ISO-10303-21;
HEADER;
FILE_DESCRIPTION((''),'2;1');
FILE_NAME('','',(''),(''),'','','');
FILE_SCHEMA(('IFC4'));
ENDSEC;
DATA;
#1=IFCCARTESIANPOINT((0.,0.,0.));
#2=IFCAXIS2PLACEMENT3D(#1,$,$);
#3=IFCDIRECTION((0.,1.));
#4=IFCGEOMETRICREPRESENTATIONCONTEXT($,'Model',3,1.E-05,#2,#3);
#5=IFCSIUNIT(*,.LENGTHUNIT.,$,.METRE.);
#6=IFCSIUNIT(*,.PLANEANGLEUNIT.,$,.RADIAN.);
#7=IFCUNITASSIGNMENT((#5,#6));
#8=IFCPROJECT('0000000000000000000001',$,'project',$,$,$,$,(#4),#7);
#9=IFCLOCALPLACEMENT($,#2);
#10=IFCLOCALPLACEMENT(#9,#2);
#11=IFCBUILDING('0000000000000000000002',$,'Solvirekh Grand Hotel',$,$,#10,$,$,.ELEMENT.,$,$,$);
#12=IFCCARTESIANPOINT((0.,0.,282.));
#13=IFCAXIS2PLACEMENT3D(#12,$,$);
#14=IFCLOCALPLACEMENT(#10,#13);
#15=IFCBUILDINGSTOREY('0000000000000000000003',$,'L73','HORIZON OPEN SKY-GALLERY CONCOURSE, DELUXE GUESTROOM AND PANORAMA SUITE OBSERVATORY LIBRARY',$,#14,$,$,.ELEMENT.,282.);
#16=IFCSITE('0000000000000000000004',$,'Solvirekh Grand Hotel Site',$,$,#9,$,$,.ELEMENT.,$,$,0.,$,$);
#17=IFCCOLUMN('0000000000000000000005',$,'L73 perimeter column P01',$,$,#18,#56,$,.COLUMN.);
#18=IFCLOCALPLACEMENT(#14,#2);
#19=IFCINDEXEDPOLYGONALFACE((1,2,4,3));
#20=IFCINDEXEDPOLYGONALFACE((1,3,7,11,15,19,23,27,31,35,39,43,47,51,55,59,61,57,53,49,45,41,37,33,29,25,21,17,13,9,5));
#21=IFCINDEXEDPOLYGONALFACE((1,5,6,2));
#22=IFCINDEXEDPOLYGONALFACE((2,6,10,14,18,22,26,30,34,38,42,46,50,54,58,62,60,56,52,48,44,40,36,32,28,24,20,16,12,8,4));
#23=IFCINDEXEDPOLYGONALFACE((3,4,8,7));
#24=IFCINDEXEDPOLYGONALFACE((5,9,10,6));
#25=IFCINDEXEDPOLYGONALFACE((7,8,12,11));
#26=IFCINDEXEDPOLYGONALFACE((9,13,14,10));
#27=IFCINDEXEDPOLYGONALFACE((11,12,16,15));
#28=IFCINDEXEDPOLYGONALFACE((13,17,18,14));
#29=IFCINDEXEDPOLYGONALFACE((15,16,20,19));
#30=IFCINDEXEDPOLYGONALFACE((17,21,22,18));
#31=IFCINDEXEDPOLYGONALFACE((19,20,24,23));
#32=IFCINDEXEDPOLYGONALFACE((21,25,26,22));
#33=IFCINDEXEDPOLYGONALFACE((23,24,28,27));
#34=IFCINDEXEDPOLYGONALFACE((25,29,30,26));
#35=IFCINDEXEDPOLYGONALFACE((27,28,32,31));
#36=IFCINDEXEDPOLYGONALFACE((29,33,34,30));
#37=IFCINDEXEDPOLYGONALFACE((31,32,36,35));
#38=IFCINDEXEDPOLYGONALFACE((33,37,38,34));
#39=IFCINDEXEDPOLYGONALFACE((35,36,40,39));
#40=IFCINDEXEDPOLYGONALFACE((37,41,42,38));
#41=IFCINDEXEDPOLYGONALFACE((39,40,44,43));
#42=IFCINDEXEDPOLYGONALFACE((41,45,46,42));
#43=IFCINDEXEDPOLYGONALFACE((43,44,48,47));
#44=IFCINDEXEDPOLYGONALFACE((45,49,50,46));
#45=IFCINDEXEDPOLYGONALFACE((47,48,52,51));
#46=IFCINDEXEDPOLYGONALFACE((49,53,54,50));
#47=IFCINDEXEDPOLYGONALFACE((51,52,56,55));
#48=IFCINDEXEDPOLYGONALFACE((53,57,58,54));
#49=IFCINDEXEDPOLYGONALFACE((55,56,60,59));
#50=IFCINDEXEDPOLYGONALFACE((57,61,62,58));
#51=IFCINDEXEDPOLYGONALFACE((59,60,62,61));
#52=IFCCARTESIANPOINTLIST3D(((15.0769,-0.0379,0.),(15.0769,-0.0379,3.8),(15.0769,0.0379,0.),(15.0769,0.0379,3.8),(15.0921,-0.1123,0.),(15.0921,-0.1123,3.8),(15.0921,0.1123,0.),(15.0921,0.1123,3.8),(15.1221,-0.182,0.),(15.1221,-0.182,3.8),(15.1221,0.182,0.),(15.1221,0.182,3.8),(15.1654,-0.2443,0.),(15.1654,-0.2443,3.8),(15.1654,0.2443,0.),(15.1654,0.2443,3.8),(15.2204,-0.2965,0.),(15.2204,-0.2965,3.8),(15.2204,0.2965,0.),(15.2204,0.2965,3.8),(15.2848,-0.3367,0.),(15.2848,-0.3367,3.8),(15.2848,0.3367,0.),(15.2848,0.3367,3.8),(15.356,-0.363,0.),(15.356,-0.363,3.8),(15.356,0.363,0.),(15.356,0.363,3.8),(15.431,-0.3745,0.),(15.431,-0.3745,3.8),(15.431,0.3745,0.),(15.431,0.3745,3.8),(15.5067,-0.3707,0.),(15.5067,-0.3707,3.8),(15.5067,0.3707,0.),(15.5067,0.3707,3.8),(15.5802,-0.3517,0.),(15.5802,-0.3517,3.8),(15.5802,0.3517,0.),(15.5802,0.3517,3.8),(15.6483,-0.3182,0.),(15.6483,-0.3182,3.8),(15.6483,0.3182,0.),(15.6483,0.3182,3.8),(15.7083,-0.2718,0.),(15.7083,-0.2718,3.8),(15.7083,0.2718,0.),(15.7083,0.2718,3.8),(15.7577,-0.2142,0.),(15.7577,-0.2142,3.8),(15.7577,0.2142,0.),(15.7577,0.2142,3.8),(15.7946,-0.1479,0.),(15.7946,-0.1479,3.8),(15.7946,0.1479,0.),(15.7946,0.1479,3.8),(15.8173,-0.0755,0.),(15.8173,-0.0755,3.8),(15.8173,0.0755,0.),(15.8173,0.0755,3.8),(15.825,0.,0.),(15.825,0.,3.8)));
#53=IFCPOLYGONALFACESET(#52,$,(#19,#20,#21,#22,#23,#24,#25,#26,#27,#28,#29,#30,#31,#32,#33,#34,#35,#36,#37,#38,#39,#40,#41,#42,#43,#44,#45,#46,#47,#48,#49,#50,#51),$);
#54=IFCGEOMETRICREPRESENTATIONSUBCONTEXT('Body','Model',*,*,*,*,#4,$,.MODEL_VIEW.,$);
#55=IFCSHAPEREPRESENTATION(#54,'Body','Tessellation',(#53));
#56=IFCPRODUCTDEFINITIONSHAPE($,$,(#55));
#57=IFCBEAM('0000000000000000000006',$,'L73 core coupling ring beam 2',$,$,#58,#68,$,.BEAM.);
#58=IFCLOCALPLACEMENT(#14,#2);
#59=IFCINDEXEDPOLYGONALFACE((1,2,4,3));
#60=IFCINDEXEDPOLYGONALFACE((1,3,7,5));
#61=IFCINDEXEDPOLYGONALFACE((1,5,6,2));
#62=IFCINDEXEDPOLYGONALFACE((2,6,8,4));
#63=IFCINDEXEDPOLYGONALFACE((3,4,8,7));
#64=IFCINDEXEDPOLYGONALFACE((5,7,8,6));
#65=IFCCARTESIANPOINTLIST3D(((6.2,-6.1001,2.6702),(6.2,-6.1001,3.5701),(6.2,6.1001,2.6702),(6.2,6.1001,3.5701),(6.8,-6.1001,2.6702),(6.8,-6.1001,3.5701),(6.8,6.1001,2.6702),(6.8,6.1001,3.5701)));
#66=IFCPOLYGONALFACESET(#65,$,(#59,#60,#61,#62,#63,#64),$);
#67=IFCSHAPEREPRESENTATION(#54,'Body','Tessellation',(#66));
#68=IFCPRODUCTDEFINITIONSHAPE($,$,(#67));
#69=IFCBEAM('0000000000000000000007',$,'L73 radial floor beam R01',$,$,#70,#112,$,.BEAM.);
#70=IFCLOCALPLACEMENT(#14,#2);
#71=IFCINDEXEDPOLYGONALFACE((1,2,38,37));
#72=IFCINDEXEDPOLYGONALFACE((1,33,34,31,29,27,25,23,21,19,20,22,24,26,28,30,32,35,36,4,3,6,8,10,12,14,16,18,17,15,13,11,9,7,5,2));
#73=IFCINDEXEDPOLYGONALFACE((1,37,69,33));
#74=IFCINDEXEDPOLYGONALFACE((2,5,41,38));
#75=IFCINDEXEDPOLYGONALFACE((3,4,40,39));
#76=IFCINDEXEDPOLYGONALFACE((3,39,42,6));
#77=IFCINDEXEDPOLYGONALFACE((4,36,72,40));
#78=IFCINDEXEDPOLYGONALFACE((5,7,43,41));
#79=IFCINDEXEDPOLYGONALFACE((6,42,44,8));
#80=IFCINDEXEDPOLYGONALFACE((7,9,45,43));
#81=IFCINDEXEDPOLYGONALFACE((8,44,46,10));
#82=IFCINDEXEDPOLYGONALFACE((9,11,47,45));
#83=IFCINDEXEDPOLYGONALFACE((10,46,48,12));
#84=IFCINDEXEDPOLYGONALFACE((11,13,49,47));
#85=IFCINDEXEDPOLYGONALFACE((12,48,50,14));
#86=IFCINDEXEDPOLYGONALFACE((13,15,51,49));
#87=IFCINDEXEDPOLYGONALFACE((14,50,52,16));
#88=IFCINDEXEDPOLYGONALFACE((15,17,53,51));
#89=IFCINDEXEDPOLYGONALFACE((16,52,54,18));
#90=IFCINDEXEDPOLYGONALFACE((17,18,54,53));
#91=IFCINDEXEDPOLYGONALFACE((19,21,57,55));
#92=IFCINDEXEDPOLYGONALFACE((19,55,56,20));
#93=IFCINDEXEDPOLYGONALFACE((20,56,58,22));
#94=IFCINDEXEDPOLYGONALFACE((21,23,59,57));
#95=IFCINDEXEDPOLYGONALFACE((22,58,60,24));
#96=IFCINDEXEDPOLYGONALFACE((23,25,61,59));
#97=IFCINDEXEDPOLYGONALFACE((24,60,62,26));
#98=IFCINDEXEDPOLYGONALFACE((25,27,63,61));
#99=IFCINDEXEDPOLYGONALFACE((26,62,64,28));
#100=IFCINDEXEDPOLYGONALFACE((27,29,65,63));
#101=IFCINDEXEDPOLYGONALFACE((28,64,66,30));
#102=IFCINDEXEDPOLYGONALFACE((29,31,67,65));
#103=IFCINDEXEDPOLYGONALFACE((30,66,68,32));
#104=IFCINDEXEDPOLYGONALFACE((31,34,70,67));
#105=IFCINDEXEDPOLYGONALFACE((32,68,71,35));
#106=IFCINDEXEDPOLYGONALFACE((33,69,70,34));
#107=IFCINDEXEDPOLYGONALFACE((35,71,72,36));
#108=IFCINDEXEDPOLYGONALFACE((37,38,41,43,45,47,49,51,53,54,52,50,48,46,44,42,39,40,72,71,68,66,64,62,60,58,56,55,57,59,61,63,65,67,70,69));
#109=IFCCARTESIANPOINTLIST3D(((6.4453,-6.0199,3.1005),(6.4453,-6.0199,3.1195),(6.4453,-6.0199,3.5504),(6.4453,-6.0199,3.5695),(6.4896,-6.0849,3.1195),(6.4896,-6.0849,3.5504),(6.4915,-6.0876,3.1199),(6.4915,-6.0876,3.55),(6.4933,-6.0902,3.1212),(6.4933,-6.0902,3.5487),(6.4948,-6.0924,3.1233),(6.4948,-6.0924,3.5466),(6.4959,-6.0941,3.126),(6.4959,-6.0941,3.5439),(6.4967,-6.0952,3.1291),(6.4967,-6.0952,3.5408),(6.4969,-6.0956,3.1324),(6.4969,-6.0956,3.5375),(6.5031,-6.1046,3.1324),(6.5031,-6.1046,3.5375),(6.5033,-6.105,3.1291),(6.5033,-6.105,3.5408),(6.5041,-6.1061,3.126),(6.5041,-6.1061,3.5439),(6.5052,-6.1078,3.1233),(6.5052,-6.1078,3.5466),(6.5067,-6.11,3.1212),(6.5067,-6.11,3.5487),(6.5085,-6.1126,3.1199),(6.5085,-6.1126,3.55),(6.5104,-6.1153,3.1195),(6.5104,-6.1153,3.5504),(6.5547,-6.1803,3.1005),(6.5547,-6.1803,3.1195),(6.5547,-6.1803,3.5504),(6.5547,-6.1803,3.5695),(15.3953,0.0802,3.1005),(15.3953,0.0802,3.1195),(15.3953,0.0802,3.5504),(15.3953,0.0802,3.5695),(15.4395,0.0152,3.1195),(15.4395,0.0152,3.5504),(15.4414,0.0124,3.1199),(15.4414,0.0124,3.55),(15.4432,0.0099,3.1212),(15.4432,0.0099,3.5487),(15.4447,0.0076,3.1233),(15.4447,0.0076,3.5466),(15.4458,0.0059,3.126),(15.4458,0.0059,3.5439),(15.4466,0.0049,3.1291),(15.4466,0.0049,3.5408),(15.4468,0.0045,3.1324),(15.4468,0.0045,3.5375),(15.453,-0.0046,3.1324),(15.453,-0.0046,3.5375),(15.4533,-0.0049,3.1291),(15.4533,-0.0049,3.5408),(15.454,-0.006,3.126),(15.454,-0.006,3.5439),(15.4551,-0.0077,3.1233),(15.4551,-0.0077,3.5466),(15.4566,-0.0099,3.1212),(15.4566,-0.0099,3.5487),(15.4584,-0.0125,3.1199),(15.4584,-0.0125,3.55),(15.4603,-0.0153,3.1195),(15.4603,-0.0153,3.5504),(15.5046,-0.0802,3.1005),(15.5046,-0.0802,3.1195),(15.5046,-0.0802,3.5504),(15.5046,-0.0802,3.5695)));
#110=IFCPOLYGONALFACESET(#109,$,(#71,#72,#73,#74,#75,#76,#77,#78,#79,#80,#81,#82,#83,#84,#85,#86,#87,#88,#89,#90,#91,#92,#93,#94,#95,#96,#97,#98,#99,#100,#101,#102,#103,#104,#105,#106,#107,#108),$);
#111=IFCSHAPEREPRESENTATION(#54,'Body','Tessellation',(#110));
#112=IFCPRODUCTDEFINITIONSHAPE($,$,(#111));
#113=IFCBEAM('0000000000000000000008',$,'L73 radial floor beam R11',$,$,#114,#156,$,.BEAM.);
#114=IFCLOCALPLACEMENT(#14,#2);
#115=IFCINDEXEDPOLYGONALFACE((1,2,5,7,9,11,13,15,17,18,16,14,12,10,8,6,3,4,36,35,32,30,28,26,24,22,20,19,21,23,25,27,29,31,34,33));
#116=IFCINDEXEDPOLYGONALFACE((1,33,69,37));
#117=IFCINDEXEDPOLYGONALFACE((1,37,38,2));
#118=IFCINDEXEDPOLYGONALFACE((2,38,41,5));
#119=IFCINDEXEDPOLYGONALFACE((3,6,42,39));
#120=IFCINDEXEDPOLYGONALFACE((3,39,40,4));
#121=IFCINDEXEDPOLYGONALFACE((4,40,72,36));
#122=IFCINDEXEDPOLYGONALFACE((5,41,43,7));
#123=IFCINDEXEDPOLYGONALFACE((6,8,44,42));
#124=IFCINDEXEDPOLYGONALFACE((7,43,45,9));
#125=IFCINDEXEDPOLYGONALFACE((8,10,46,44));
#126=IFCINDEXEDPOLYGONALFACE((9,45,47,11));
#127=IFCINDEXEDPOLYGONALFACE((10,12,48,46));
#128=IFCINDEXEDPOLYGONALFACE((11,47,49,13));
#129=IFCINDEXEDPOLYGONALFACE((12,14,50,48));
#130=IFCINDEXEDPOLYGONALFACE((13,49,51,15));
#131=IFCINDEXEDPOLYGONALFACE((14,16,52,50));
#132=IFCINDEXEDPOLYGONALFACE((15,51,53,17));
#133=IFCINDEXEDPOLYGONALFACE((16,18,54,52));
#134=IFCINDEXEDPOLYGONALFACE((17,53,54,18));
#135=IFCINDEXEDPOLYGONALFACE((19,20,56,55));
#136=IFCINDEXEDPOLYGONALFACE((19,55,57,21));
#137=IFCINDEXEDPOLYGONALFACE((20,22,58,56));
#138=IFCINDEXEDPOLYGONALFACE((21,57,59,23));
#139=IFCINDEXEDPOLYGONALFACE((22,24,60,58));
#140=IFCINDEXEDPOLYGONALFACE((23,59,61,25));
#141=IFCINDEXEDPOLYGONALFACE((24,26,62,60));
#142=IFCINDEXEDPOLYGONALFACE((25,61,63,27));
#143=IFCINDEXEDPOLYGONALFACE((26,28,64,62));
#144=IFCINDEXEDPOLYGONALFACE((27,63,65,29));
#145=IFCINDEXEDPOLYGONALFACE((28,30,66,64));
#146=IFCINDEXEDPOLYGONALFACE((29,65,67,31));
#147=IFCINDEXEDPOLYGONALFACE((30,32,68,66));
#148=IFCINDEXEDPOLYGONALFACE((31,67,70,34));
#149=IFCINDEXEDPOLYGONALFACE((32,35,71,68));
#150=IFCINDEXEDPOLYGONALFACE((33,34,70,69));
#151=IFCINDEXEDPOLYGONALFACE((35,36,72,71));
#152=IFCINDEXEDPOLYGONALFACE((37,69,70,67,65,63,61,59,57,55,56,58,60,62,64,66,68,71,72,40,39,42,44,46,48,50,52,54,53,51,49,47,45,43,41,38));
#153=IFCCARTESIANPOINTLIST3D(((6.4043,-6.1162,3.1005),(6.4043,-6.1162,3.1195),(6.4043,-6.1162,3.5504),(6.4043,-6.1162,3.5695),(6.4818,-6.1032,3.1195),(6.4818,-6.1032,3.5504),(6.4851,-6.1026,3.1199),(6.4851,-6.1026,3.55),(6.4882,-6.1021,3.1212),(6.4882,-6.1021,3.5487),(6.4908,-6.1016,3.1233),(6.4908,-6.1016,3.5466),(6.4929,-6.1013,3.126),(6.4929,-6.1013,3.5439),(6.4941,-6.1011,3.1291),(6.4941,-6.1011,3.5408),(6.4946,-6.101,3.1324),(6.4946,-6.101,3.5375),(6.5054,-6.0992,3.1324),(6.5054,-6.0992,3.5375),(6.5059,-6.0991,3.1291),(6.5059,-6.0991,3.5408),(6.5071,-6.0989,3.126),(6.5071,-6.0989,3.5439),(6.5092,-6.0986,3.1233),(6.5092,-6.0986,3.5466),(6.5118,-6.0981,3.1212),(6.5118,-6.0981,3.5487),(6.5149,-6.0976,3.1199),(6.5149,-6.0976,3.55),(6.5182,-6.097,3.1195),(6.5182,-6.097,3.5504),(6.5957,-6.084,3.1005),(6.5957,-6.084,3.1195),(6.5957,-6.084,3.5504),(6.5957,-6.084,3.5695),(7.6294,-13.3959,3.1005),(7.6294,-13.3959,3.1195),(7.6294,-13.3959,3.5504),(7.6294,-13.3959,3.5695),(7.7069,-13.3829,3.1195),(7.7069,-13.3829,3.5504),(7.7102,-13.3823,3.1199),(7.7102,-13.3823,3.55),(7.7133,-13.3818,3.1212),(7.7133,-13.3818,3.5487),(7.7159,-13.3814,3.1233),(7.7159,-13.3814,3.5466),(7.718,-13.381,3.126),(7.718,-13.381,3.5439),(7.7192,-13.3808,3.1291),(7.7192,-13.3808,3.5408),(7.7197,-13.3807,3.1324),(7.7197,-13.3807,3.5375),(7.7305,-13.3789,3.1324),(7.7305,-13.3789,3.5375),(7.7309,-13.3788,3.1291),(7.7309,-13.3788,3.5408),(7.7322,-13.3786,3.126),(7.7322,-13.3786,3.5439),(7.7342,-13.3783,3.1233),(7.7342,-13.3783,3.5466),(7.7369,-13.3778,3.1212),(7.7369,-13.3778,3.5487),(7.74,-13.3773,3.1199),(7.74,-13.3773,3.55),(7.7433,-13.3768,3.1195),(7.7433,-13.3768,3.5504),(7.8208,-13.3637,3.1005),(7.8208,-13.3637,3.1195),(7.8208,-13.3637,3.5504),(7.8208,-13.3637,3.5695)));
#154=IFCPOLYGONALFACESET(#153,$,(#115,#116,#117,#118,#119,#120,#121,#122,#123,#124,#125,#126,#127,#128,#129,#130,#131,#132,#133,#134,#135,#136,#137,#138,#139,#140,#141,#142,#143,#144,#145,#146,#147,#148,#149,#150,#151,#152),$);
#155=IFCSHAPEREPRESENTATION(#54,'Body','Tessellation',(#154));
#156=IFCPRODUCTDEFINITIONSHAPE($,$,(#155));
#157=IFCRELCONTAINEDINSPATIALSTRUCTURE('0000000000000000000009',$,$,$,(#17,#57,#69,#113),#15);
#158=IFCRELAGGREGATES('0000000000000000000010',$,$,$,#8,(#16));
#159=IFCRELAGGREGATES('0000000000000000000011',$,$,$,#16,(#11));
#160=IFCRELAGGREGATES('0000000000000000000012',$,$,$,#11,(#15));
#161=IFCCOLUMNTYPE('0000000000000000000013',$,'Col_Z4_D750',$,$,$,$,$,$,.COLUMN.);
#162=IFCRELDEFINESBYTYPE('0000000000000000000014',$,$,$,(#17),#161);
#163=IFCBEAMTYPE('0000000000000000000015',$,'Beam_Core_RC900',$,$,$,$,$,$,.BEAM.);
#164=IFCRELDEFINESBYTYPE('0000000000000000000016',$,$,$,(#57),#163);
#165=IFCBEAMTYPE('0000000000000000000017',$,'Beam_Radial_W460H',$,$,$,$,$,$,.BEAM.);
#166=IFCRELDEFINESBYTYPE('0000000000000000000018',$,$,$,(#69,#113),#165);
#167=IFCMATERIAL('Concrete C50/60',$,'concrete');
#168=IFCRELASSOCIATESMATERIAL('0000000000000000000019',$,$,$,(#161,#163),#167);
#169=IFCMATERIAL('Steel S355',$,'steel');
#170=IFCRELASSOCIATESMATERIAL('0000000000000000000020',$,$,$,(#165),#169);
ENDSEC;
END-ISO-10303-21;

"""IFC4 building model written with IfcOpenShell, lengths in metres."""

from ifc_helpers import new_model, si_unit, direction, frame, origin, origin_2d, place, context, subcontext, project, spatial, rectangle, circle, i_section, extrude, material, material_profile, profile_set, type_object, element, save


model = new_model("IFC4")

# Units and contexts
model_context = context("Model", 3, precision=1e-05, world=origin(), true_north=direction((0.0, 1.0)))
body_context = subcontext(model_context, "Body", "Model", "MODEL_VIEW")
ifc_project = project(units=[si_unit("LENGTHUNIT", "METRE"), si_unit("PLANEANGLEUNIT", "RADIAN")], contexts=[model_context])

# Site, building, storey
site_placement = place(None, origin())
site = spatial("IfcSite", under=ifc_project, at=site_placement, Name="Solvirekh Grand Hotel Site", CompositionType="ELEMENT", RefElevation=0.0)
building_placement = place(site_placement, origin())
building = spatial("IfcBuilding", under=site, at=building_placement, Name="Solvirekh Grand Hotel", CompositionType="ELEMENT")
storey_placement = place(building_placement, frame((0.0, 0.0, 282.0)))
storey = spatial("IfcBuildingStorey", under=building, at=storey_placement, Name="L73", Description="HORIZON OPEN SKY-GALLERY CONCOURSE, DELUXE GUESTROOM AND PANORAMA SUITE OBSERVATORY LIBRARY", CompositionType="ELEMENT", Elevation=282.0)

# Column
ifc_material_1 = material(Name="Concrete C50/60", Category="concrete")
ifc_material_profile_1 = material_profile(ifc_material_1, circle(Radius=0.375, at=origin_2d()), Name="RC CIRC D750")
ifc_profile_set_1 = profile_set([ifc_material_profile_1], Name="Concrete C50/60")
column_type = type_object("IfcColumnType", Name="Col_Z4_D750", PredefinedType="COLUMN", material=ifc_profile_set_1)
column_placement = place(storey_placement, frame((15.45, 0.0, 0.0), z_axis=(0.0, 0.0, 1.0), x_axis=(1.0, 0.0, 0.0)))
element("IfcColumn", 1, at=column_placement, inside=storey, type_object=column_type, Name="L73 perimeter column P01", PredefinedType="COLUMN", context=body_context, shape_type="SweptSolid", body=[
    extrude(circle(Radius=0.375, at=origin_2d()), origin(), (0.0, 0.0, 1.0), 3.8),
])

# Beams
ifc_material_profile_2 = material_profile(ifc_material_1, rectangle(XDim=0.6001, YDim=0.8999, at=origin_2d()), Name="RC BEAM 600X900")
ifc_profile_set_2 = profile_set([ifc_material_profile_2], Name="Concrete C50/60")
beam_type_1 = type_object("IfcBeamType", Name="Beam_Core_RC900", PredefinedType="BEAM", material=ifc_profile_set_2)
beam_1_placement = place(storey_placement, frame((6.5, -6.1001, 3.1201), z_axis=(0.0, 1.0, 0.0), x_axis=(-1.0, 0.0, 0.0)))
element("IfcBeam", 2, at=beam_1_placement, inside=storey, type_object=beam_type_1, Name="L73 core coupling ring beam 2", PredefinedType="BEAM", context=body_context, shape_type="SweptSolid", body=[
    extrude(rectangle(XDim=0.6001, YDim=0.8999, at=origin_2d()), origin(), (0.0, 0.0, 1.0), 12.2002),
])
ifc_material_2 = material(Name="Steel S355", Category="steel")
ifc_material_profile_3 = material_profile(ifc_material_2, i_section(OverallWidth=0.1941, OverallDepth=0.469, WebThickness=0.011, FlangeThickness=0.019, FilletRadius=0.0129, at=origin_2d()), Name="W460X106")
ifc_profile_set_3 = profile_set([ifc_material_profile_3], Name="Steel S355")
beam_type_2 = type_object("IfcBeamType", Name="Beam_Radial_W460H", PredefinedType="BEAM", material=ifc_profile_set_3)
beam_2_placement = place(storey_placement, frame((6.5, -6.1001, 3.335), z_axis=(0.826319, 0.563202, 0.0), x_axis=(-0.563202, 0.826319, 0.0)))
element("IfcBeam", 3, at=beam_2_placement, inside=storey, type_object=beam_type_2, Name="L73 radial floor beam R01", PredefinedType="BEAM", context=body_context, shape_type="SweptSolid", body=[
    extrude(i_section(OverallWidth=0.1941, OverallDepth=0.469, WebThickness=0.011, FlangeThickness=0.019, FilletRadius=0.0129, at=origin_2d()), origin(), (0.0, 0.0, 1.0), 10.8311),
])
beam_3_placement = place(storey_placement, frame((6.5, -6.1001, 3.335), z_axis=(0.165954, -0.986133, 0.0), x_axis=(0.986133, 0.165954, 0.0)))
element("IfcBeam", 4, at=beam_3_placement, inside=storey, type_object=beam_type_2, Name="L73 radial floor beam R11", PredefinedType="BEAM", context=body_context, shape_type="SweptSolid", body=[
    extrude(i_section(OverallWidth=0.1941, OverallDepth=0.469, WebThickness=0.011, FlangeThickness=0.019, FilletRadius=0.0129, at=origin_2d()), origin(), (0.0, 0.0, 1.0), 7.3821),
])

save(model, "model.ifc")
